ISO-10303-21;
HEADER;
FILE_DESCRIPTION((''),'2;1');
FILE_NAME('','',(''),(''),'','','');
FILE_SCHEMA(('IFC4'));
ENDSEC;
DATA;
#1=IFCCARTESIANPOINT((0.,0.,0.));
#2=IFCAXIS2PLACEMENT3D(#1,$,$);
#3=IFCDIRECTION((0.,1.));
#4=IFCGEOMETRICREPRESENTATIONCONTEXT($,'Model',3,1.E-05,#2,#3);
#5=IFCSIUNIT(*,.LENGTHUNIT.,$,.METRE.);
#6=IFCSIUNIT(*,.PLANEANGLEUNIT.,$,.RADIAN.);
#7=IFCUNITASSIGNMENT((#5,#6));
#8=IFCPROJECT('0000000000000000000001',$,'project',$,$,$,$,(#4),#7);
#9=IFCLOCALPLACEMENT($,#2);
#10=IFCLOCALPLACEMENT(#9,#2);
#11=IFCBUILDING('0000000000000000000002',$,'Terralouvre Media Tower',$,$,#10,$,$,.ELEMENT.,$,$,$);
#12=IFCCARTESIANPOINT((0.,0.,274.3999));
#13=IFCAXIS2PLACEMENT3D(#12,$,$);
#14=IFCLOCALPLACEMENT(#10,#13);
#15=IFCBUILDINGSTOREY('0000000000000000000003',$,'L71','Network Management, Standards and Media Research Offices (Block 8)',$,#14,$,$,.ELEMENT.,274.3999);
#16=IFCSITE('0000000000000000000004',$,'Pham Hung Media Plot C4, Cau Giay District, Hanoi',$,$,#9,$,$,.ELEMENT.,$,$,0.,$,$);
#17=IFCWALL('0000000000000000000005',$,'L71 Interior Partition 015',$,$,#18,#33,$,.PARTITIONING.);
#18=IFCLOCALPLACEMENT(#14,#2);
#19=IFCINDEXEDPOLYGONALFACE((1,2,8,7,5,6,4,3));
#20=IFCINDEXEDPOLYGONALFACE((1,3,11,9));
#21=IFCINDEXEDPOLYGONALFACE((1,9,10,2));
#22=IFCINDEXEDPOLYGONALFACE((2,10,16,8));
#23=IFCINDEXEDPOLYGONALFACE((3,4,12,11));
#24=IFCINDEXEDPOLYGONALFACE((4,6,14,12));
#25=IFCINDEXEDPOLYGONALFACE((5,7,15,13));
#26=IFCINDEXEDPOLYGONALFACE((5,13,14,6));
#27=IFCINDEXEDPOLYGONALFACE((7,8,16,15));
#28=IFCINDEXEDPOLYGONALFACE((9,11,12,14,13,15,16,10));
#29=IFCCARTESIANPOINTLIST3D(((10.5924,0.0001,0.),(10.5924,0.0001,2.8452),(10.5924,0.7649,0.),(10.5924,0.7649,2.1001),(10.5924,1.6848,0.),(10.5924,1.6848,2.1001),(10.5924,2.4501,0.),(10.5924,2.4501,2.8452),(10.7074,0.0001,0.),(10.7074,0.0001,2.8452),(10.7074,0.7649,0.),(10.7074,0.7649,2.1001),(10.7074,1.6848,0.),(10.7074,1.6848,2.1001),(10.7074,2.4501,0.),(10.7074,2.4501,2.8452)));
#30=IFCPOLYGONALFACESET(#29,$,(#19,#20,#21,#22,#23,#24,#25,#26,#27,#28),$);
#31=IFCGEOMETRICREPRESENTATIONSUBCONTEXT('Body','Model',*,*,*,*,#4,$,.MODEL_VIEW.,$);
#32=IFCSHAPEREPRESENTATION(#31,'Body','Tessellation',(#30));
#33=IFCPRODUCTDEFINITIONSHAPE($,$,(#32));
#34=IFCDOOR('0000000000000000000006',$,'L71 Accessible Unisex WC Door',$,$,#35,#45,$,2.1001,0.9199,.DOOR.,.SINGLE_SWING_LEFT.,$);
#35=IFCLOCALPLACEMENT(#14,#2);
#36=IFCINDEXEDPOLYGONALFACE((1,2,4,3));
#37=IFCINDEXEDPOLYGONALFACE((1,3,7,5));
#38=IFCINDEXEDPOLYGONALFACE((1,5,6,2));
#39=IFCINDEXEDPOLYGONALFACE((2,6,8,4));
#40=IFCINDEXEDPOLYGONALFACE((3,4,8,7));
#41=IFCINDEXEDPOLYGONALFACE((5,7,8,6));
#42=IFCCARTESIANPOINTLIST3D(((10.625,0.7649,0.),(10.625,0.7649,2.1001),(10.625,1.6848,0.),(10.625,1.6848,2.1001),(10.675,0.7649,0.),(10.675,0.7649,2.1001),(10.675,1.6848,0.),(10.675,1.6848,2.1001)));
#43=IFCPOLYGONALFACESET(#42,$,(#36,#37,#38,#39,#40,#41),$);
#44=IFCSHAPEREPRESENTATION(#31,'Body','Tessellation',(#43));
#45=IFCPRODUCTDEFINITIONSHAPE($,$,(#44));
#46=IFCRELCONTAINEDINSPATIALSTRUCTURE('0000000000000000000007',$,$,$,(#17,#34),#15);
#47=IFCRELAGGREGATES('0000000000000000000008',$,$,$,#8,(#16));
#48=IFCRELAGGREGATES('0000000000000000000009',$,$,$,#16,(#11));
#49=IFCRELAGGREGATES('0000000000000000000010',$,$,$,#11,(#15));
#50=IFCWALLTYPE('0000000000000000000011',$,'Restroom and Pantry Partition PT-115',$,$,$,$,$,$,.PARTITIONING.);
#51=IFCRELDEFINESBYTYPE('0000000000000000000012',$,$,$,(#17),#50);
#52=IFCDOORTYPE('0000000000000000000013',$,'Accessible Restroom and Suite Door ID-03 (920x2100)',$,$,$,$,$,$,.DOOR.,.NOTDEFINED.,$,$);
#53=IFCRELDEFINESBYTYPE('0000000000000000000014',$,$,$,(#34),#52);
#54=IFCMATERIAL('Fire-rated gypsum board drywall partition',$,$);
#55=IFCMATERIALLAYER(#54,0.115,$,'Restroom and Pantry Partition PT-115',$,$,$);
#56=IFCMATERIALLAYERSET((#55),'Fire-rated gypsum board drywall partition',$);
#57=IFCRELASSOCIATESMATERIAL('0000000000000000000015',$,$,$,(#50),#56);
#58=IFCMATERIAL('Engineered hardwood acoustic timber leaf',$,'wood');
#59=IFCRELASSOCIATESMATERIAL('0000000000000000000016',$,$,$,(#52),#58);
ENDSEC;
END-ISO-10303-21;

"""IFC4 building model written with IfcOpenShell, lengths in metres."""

from ifc_helpers import new_model, si_unit, direction, frame, frame_2d, origin, place, context, subcontext, project, spatial, rectangle, extrude, material, layer, layer_set, type_object, element, fill, save


model = new_model("IFC4")

# Units and contexts
model_context = context("Model", 3, precision=1e-05, world=origin(), true_north=direction((0.0, 1.0)))
body_context = subcontext(model_context, "Body", "Model", "MODEL_VIEW")
ifc_project = project(units=[si_unit("LENGTHUNIT", "METRE"), si_unit("PLANEANGLEUNIT", "RADIAN")], contexts=[model_context])

# Site, building, storey
site_placement = place(None, origin())
site = spatial("IfcSite", under=ifc_project, at=site_placement, Name="Pham Hung Media Plot C4, Cau Giay District, Hanoi", CompositionType="ELEMENT", RefElevation=0.0)
building_placement = place(site_placement, origin())
building = spatial("IfcBuilding", under=site, at=building_placement, Name="Terralouvre Media Tower", CompositionType="ELEMENT")
storey_placement = place(building_placement, frame((0.0, 0.0, 274.3999)))
storey = spatial("IfcBuildingStorey", under=building, at=storey_placement, Name="L71", Description="Network Management, Standards and Media Research Offices (Block 8)", CompositionType="ELEMENT", Elevation=274.3999)

# Wall, opening, door
ifc_material_1 = material(Name="Fire-rated gypsum board drywall partition")
ifc_layer_1 = layer(ifc_material_1, 0.115, Name="Restroom and Pantry Partition PT-115")
ifc_layer_set_1 = layer_set([ifc_layer_1], Name="Fire-rated gypsum board drywall partition")
wall_type_1 = type_object("IfcWallType", Name="Restroom and Pantry Partition PT-115", PredefinedType="PARTITIONING", material=ifc_layer_set_1)
wall_1_placement = place(storey_placement, frame((10.6499, 0.0, 0.0), z_axis=(0.0, 0.0, 1.0), x_axis=(0.0, 1.0, 0.0)))
wall_1 = element("IfcWall", 1, at=wall_1_placement, inside=storey, type_object=wall_type_1, Name="L71 Interior Partition 015", PredefinedType="PARTITIONING", context=body_context, shape_type="SweptSolid", body=[
    extrude(rectangle(XDim=2.45, YDim=0.115, at=frame_2d((1.2251, 0.0))), origin(), (0.0, 0.0, 1.0), 2.8452),
])
opening_1_placement = place(wall_1_placement, frame((0.7649, 0.0, 0.0)))
opening_1 = element("IfcOpeningElement", 2, at=opening_1_placement, cuts=wall_1, PredefinedType="OPENING", context=body_context, shape_type="SweptSolid", body=[
    extrude(rectangle(XDim=0.9199, YDim=2.1001, at=frame_2d((0.46, 1.05))), frame((0.0, 0.0674, 0.0), z_axis=(0.0, -1.0, 0.0), x_axis=(1.0, 0.0, 0.0)), (0.0, 0.0, 1.0), 0.135),
])
ifc_material_2 = material(Name="Engineered hardwood acoustic timber leaf", Category="wood")
door_type_1 = type_object("IfcDoorType", Name="Accessible Restroom and Suite Door ID-03 (920x2100)", OperationType="NOTDEFINED", PredefinedType="DOOR", material=ifc_material_2)
door_1_placement = place(opening_1_placement, origin())
door_1 = element("IfcDoor", 3, at=door_1_placement, inside=storey, type_object=door_type_1, Name="L71 Accessible Unisex WC Door", OperationType="SINGLE_SWING_LEFT", OverallHeight=2.1001, OverallWidth=0.9199, PredefinedType="DOOR", context=body_context, shape_type="SweptSolid", body=[
    extrude(rectangle(XDim=0.9199, YDim=2.1001, at=frame_2d((0.46, 1.05))), frame((0.0, 0.0249, 0.0), z_axis=(0.0, -1.0, 0.0), x_axis=(1.0, 0.0, 0.0)), (0.0, 0.0, 1.0), 0.05),
])
fill(opening_1, door_1)

save(model, "model.ifc")
